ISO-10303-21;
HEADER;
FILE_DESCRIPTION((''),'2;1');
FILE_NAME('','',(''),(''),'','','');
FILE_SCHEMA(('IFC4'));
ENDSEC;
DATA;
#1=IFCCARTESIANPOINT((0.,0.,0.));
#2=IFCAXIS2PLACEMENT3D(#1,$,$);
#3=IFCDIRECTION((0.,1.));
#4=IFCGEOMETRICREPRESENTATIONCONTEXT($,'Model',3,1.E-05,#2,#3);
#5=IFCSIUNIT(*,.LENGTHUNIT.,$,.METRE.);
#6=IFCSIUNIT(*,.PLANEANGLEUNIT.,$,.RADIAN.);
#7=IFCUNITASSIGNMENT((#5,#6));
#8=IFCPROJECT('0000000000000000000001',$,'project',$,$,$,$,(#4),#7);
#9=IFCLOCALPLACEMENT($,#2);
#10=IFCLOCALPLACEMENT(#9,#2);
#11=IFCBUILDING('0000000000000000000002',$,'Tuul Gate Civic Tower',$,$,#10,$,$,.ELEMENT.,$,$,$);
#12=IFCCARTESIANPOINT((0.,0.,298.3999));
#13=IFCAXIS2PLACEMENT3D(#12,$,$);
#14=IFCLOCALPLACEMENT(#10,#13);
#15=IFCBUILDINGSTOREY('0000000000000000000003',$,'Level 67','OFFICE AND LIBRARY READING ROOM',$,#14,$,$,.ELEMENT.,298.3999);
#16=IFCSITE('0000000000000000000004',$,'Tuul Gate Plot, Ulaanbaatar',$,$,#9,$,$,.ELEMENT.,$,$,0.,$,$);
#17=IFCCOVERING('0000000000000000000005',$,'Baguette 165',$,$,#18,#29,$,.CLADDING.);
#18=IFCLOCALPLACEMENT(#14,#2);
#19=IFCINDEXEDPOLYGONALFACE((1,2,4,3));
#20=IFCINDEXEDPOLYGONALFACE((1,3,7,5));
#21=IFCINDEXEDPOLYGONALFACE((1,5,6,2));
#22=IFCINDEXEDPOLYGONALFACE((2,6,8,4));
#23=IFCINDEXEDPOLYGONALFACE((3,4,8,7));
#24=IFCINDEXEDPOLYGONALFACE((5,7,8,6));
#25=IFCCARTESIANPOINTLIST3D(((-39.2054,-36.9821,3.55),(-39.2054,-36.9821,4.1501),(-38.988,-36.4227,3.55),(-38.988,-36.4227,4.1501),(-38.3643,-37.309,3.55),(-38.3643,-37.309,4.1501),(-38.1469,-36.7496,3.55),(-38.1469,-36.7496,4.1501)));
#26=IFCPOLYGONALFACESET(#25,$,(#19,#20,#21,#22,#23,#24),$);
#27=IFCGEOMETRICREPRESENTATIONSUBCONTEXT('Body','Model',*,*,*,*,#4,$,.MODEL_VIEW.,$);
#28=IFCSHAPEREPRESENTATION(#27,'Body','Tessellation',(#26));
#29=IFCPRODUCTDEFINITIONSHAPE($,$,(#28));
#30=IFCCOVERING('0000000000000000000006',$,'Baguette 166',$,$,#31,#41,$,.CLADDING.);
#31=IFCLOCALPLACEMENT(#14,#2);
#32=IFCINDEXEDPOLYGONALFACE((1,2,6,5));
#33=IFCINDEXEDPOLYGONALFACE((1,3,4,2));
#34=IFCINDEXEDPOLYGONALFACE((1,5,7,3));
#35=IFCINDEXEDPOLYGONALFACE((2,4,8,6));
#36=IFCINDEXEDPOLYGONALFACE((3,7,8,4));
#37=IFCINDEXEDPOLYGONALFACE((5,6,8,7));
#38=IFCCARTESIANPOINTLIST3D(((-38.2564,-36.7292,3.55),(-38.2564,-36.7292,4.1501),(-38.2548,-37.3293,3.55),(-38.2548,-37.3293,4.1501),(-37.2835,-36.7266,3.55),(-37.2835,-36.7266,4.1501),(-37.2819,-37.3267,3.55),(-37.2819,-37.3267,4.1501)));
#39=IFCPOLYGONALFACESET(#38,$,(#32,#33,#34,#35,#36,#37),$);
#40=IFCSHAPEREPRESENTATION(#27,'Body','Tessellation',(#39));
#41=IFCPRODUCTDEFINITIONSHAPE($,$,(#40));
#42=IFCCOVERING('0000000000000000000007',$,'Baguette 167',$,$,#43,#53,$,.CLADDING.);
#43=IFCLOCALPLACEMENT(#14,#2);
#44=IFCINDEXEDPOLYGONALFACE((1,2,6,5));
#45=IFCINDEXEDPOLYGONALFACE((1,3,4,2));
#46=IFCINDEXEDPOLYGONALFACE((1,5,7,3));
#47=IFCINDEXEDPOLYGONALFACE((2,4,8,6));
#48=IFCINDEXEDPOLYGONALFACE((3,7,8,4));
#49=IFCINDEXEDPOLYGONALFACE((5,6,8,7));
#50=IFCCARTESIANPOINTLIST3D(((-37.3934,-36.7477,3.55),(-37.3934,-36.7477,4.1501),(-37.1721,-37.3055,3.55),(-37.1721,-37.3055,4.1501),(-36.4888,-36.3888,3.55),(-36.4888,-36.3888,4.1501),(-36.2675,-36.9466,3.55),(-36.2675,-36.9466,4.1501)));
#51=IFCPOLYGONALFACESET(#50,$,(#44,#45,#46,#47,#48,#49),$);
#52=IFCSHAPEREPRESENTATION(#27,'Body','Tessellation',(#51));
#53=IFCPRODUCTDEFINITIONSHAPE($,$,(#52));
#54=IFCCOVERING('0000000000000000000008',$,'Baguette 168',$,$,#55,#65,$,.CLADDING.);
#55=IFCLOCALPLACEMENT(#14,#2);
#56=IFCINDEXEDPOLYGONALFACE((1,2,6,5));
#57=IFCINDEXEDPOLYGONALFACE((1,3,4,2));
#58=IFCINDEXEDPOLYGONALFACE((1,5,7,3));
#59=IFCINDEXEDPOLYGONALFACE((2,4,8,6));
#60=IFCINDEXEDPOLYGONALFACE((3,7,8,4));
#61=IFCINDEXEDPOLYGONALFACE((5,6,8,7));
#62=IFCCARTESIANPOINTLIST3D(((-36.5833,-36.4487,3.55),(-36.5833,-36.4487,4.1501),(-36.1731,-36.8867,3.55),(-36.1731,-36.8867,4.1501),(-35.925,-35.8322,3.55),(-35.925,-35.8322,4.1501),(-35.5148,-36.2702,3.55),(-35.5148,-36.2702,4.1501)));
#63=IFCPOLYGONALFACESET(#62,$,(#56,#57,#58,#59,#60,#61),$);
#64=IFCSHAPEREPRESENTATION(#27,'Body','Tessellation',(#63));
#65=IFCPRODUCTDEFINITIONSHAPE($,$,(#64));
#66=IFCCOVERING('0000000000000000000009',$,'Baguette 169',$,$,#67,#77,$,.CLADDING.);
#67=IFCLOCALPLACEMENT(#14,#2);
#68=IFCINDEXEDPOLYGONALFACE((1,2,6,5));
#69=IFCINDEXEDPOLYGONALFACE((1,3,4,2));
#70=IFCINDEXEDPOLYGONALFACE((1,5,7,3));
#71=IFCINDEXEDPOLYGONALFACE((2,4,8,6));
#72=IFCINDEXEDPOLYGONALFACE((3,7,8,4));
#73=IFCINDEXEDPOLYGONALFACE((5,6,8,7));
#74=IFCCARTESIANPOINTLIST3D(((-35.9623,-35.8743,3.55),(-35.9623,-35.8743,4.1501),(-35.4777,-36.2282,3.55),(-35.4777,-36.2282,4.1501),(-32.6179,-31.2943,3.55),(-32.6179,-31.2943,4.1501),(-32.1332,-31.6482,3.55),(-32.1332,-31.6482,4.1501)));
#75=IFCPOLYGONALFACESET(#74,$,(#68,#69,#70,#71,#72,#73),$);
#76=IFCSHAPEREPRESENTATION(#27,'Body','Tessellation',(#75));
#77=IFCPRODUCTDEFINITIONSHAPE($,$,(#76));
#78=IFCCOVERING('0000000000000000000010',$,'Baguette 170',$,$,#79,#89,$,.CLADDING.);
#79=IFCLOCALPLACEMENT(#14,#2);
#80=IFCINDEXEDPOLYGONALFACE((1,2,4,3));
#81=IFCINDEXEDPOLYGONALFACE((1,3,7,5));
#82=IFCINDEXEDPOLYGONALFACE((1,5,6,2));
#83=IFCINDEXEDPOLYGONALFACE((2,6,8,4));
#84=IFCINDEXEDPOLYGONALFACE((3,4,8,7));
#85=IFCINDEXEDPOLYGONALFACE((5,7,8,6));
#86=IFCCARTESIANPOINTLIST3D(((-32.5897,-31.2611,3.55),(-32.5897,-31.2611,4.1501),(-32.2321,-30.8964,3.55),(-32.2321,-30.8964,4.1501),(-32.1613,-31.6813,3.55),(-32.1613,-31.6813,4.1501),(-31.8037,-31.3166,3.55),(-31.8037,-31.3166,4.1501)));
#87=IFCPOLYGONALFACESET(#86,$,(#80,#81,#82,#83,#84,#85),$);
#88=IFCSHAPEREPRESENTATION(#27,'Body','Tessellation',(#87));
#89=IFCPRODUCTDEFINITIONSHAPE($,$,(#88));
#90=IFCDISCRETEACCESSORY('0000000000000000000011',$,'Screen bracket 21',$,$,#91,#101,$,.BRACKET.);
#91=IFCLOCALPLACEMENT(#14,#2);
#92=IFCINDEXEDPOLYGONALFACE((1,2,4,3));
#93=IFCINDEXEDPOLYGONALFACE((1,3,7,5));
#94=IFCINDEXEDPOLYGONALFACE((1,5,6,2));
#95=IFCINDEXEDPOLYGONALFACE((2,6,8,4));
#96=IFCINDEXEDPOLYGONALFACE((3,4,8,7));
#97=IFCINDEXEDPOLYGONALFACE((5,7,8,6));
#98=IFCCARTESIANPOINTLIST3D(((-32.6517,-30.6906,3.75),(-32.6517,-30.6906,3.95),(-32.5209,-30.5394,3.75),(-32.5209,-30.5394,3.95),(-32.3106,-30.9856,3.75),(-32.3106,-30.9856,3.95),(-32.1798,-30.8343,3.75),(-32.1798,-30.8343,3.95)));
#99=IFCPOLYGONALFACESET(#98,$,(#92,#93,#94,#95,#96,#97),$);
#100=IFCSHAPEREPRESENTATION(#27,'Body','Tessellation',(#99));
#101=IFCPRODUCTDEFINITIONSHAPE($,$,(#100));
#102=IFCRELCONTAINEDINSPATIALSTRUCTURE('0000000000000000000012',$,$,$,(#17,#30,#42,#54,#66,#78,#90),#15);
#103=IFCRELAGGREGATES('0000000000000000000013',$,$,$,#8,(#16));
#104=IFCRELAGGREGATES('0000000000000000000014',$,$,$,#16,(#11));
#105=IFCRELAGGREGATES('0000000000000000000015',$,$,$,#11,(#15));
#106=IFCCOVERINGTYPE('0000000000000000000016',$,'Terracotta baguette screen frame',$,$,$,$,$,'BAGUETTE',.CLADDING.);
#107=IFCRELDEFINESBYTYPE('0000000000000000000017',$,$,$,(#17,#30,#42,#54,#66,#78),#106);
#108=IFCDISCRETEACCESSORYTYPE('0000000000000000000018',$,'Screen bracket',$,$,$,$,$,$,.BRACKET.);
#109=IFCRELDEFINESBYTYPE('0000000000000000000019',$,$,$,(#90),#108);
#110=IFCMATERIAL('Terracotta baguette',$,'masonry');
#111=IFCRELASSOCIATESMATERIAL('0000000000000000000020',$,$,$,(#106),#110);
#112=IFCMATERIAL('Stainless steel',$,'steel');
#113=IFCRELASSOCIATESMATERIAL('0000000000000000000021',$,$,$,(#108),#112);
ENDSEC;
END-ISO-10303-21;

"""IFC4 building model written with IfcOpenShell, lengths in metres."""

from ifc_helpers import new_model, si_unit, direction, frame, origin, origin_2d, place, context, subcontext, project, spatial, rectangle, extrude, material, material_profile, profile_set, type_object, element, save


model = new_model("IFC4")

# Units and contexts
model_context = context("Model", 3, precision=1e-05, world=origin(), true_north=direction((0.0, 1.0)))
body_context = subcontext(model_context, "Body", "Model", "MODEL_VIEW")
ifc_project = project(units=[si_unit("LENGTHUNIT", "METRE"), si_unit("PLANEANGLEUNIT", "RADIAN")], contexts=[model_context])

# Site, building, storey
site_placement = place(None, origin())
site = spatial("IfcSite", under=ifc_project, at=site_placement, Name="Tuul Gate Plot, Ulaanbaatar", CompositionType="ELEMENT", RefElevation=0.0)
building_placement = place(site_placement, origin())
building = spatial("IfcBuilding", under=site, at=building_placement, Name="Tuul Gate Civic Tower", CompositionType="ELEMENT")
storey_placement = place(building_placement, frame((0.0, 0.0, 298.3999)))
storey = spatial("IfcBuildingStorey", under=building, at=storey_placement, Name="Level 67", Description="OFFICE AND LIBRARY READING ROOM", CompositionType="ELEMENT", Elevation=298.3999)

# Coverings
ifc_material_1 = material(Name="Terracotta baguette", Category="masonry")
ifc_material_profile_1 = material_profile(ifc_material_1, rectangle(XDim=0.6001, YDim=0.6001, at=origin_2d()), Name="Terracotta baguette screen frame")
ifc_profile_set_1 = profile_set([ifc_material_profile_1], Name="Terracotta baguette")
covering_type = type_object("IfcCoveringType", Name="Terracotta baguette screen frame", ElementType="BAGUETTE", PredefinedType="CLADDING", material=ifc_profile_set_1)
covering_1_placement = place(storey_placement, frame((-39.0967, -36.7024, 3.8501), z_axis=(0.932071, -0.362277, 0.0), x_axis=(0.362277, 0.932071, 0.0)))
element("IfcCovering", 1, at=covering_1_placement, inside=storey, type_object=covering_type, Name="Baguette 165", PredefinedType="CLADDING", context=body_context, shape_type="SweptSolid", body=[
    extrude(rectangle(XDim=0.6001, YDim=0.6001, at=origin_2d()), origin(), (0.0, 0.0, 1.0), 0.9023),
])
covering_2_placement = place(storey_placement, frame((-38.2556, -37.0293, 3.8501), z_axis=(0.999996, 0.00276, 0.0), x_axis=(-0.00276, 0.999996, 0.0)))
element("IfcCovering", 2, at=covering_2_placement, inside=storey, type_object=covering_type, Name="Baguette 166", PredefinedType="CLADDING", context=body_context, shape_type="SweptSolid", body=[
    extrude(rectangle(XDim=0.6001, YDim=0.6001, at=origin_2d()), origin(), (0.0, 0.0, 1.0), 0.9729),
])
covering_3_placement = place(storey_placement, frame((-37.2827, -37.0266, 3.8501), z_axis=(0.929511, 0.368794, 0.0), x_axis=(-0.368794, 0.929511, 0.0)))
element("IfcCovering", 3, at=covering_3_placement, inside=storey, type_object=covering_type, Name="Baguette 167", PredefinedType="CLADDING", context=body_context, shape_type="SweptSolid", body=[
    extrude(rectangle(XDim=0.6001, YDim=0.6001, at=origin_2d()), origin(), (0.0, 0.0, 1.0), 0.9731),
])
covering_4_placement = place(storey_placement, frame((-36.3782, -36.6677, 3.8501), z_axis=(0.729875, 0.683581, 0.0), x_axis=(-0.683581, 0.729875, 0.0)))
element("IfcCovering", 4, at=covering_4_placement, inside=storey, type_object=covering_type, Name="Baguette 168", PredefinedType="CLADDING", context=body_context, shape_type="SweptSolid", body=[
    extrude(rectangle(XDim=0.6001, YDim=0.6001, at=origin_2d()), origin(), (0.0, 0.0, 1.0), 0.9019),
])
covering_5_placement = place(storey_placement, frame((-35.72, -36.0513, 3.8501), z_axis=(0.589729, 0.807601, 0.0), x_axis=(-0.807601, 0.589729, 0.0)))
element("IfcCovering", 5, at=covering_5_placement, inside=storey, type_object=covering_type, Name="Baguette 169", PredefinedType="CLADDING", context=body_context, shape_type="SweptSolid", body=[
    extrude(rectangle(XDim=0.6001, YDim=0.6001, at=origin_2d()), origin(), (0.0, 0.0, 1.0), 5.6711),
])
covering_6_placement = place(storey_placement, frame((-32.3755, -31.4712, 3.8501), z_axis=(0.700143, 0.714003, 0.0), x_axis=(-0.714003, 0.700143, 0.0)))
element("IfcCovering", 6, at=covering_6_placement, inside=storey, type_object=covering_type, Name="Baguette 170", PredefinedType="CLADDING", context=body_context, shape_type="SweptSolid", body=[
    extrude(rectangle(XDim=0.6001, YDim=0.6001, at=origin_2d()), origin(), (0.0, 0.0, 1.0), 0.5107),
])

# Discrete accessory
ifc_material_2 = material(Name="Stainless steel", Category="steel")
discrete_accessory_type = type_object("IfcDiscreteAccessoryType", Name="Screen bracket", PredefinedType="BRACKET", material=ifc_material_2)
discrete_accessory_placement = place(storey_placement, frame((-32.4158, -30.7625, 3.75), z_axis=(0.0, 0.0, 1.0), x_axis=(0.756394, -0.654117, 0.0)))
element("IfcDiscreteAccessory", 7, at=discrete_accessory_placement, inside=storey, type_object=discrete_accessory_type, Name="Screen bracket 21", PredefinedType="BRACKET", context=body_context, shape_type="SweptSolid", body=[
    extrude(rectangle(XDim=0.4509, YDim=0.2, at=origin_2d()), origin(), (0.0, 0.0, 1.0), 0.2),
])

save(model, "model.ifc")
